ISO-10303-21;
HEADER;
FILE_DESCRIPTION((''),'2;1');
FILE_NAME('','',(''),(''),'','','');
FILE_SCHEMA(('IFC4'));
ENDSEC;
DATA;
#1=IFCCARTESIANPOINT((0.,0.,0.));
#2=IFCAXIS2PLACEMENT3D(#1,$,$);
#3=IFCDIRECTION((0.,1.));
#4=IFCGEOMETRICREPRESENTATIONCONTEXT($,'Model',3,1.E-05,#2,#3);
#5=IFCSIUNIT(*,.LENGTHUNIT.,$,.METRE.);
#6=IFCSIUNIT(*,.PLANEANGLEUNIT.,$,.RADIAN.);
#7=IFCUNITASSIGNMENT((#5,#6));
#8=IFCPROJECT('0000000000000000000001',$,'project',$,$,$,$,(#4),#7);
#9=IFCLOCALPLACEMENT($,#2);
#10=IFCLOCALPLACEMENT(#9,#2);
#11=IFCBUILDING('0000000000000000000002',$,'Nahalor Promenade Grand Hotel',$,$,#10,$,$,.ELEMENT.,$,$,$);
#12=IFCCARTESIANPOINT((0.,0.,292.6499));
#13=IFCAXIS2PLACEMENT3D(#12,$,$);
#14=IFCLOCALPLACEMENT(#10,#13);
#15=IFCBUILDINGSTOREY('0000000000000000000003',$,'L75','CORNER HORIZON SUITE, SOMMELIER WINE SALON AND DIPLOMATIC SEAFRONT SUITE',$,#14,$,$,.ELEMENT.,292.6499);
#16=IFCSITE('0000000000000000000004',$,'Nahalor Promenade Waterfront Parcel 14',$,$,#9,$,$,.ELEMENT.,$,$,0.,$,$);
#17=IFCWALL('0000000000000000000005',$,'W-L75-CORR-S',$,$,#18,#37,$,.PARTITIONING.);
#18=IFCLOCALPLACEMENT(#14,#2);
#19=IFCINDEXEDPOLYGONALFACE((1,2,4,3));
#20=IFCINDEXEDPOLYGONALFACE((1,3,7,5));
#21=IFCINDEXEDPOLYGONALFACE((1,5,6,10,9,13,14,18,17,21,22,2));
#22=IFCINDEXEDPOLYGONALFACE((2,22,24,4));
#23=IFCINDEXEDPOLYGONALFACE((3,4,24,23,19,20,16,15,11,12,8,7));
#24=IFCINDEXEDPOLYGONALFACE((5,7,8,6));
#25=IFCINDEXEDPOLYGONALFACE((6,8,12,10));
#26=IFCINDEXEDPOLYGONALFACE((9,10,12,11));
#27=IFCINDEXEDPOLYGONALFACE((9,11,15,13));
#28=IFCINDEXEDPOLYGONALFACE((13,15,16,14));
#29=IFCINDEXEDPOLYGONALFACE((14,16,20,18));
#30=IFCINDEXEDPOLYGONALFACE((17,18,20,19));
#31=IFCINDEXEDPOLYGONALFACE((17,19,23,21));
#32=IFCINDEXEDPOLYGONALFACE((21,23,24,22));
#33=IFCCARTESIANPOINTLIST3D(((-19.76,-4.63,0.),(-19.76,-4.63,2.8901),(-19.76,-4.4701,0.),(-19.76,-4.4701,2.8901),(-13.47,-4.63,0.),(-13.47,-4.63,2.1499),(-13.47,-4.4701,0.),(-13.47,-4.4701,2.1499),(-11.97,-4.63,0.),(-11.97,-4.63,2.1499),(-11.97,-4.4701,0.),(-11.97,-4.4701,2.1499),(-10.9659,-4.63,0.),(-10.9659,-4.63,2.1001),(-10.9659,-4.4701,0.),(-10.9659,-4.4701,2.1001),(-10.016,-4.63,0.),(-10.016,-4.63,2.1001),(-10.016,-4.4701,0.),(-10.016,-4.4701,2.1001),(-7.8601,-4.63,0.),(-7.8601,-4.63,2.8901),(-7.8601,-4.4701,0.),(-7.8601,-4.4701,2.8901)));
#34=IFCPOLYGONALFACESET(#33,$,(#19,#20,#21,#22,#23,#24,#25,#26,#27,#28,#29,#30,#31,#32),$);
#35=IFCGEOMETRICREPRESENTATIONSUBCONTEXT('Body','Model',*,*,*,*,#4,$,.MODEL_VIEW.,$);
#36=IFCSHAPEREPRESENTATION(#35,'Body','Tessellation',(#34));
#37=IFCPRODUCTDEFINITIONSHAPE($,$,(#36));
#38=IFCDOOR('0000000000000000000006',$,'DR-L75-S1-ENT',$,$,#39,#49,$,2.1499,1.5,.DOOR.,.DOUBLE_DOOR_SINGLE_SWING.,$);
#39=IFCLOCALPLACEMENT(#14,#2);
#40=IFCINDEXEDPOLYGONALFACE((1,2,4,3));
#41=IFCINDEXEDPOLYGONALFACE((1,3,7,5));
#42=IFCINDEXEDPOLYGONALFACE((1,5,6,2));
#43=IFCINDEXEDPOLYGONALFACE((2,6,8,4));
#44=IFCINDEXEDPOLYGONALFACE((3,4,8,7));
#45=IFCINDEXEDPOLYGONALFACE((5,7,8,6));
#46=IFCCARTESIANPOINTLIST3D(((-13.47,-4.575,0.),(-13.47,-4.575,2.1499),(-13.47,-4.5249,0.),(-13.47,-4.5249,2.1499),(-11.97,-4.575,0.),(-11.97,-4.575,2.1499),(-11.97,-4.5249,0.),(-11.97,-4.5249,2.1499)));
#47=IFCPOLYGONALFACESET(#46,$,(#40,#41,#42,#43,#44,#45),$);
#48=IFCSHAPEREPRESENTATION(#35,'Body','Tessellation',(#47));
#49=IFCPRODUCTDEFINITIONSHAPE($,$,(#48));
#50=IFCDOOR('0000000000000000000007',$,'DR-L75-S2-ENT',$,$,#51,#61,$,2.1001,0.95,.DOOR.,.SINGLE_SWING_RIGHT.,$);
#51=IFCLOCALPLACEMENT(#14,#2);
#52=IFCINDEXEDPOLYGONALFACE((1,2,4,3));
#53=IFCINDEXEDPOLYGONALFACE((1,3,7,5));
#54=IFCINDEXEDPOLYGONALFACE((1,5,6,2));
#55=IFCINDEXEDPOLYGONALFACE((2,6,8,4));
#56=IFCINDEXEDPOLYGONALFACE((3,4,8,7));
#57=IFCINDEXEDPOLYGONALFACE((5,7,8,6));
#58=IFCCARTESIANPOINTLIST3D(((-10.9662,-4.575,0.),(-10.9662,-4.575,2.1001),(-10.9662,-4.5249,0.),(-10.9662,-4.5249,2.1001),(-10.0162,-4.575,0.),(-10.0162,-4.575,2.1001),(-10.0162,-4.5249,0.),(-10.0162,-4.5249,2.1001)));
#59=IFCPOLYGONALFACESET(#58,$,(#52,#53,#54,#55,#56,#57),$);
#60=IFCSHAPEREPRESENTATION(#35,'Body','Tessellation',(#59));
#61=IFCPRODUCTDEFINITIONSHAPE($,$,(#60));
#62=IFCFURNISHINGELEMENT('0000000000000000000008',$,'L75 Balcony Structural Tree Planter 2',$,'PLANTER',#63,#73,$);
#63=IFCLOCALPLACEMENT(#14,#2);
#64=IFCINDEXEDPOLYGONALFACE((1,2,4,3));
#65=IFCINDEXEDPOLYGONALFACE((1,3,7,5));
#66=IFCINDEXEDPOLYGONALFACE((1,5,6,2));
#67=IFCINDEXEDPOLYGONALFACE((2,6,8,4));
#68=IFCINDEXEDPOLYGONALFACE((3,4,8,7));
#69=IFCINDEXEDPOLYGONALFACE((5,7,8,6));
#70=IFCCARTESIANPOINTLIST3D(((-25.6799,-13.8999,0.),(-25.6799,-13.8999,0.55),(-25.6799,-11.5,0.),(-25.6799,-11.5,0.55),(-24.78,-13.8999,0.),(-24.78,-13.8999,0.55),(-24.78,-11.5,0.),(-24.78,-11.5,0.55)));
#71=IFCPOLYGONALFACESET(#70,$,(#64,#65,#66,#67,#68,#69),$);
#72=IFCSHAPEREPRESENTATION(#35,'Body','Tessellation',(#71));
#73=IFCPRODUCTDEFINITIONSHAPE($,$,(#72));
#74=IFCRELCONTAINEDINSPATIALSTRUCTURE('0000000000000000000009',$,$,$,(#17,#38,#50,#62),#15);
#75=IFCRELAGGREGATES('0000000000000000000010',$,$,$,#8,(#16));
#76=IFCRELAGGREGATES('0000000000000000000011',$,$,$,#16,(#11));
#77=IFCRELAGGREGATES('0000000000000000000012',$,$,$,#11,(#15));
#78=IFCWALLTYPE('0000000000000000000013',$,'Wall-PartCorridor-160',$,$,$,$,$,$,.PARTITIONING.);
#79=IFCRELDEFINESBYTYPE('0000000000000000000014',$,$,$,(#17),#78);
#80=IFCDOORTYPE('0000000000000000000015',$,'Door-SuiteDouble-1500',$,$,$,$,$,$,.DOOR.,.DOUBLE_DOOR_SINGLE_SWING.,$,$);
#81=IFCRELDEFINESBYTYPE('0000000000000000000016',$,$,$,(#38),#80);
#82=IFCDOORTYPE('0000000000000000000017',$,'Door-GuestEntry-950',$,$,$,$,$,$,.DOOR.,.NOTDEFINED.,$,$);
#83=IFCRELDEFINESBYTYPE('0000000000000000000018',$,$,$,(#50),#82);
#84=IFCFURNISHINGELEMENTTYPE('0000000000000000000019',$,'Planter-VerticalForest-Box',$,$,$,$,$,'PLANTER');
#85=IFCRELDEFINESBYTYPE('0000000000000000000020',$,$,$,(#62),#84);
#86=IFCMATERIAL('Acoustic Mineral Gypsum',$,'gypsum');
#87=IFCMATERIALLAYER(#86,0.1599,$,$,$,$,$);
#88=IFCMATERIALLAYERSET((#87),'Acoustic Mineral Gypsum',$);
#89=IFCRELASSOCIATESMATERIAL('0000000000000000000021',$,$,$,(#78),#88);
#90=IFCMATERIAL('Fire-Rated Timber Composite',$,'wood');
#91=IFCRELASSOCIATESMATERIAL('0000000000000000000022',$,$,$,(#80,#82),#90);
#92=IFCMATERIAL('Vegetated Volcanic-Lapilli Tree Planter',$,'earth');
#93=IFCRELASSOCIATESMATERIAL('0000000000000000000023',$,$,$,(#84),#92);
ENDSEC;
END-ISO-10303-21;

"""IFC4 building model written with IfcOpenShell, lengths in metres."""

from ifc_helpers import new_model, si_unit, direction, frame, frame_2d, origin, origin_2d, place, context, subcontext, project, spatial, rectangle, extrude, source, transform, mapped, material, layer, layer_set, type_object, element, fill, save


model = new_model("IFC4")

# Units and contexts
model_context = context("Model", 3, precision=1e-05, world=origin(), true_north=direction((0.0, 1.0)))
body_context = subcontext(model_context, "Body", "Model", "MODEL_VIEW")
ifc_project = project(units=[si_unit("LENGTHUNIT", "METRE"), si_unit("PLANEANGLEUNIT", "RADIAN")], contexts=[model_context])

# Site, building, storey
site_placement = place(None, origin())
site = spatial("IfcSite", under=ifc_project, at=site_placement, Name="Nahalor Promenade Waterfront Parcel 14", CompositionType="ELEMENT", RefElevation=0.0)
building_placement = place(site_placement, origin())
building = spatial("IfcBuilding", under=site, at=building_placement, Name="Nahalor Promenade Grand Hotel", CompositionType="ELEMENT")
storey_placement = place(building_placement, frame((0.0, 0.0, 292.6499)))
storey = spatial("IfcBuildingStorey", under=building, at=storey_placement, Name="L75", Description="CORNER HORIZON SUITE, SOMMELIER WINE SALON AND DIPLOMATIC SEAFRONT SUITE", CompositionType="ELEMENT", Elevation=292.6499)

# Wall, openings, doors
ifc_material_1 = material(Name="Acoustic Mineral Gypsum", Category="gypsum")
ifc_layer_1 = layer(ifc_material_1, 0.1599)
ifc_layer_set_1 = layer_set([ifc_layer_1], Name="Acoustic Mineral Gypsum")
wall_type_1 = type_object("IfcWallType", Name="Wall-PartCorridor-160", PredefinedType="PARTITIONING", material=ifc_layer_set_1)
shared_shape_1 = source(origin(), body_context, "Body", "SweptSolid", [
    extrude(rectangle(XDim=11.8999, YDim=0.1599, at=frame_2d((5.95, 0.0))), origin(), (0.0, 0.0, 1.0), 2.8901),
])
wall_1_placement = place(storey_placement, frame((-19.76, -4.55, 0.0), z_axis=(0.0, 0.0, 1.0), x_axis=(1.0, 0.0, 0.0)))
wall_1 = element("IfcWall", 1, at=wall_1_placement, inside=storey, type_object=wall_type_1, Name="W-L75-CORR-S", PredefinedType="PARTITIONING", context=body_context, shape_type="MappedRepresentation", body=[
    mapped(shared_shape_1, transform((0.0, 0.0, 0.0), scale=1.0)),
])
opening_1_placement = place(wall_1_placement, frame((6.29, 0.0, 0.0)))
opening_1 = element("IfcOpeningElement", 2, at=opening_1_placement, cuts=wall_1, PredefinedType="OPENING", context=body_context, shape_type="SweptSolid", body=[
    extrude(rectangle(XDim=1.5, YDim=2.1499, at=frame_2d((0.75, 1.075))), frame((0.0, 0.0898, 0.0), z_axis=(0.0, -1.0, 0.0), x_axis=(1.0, 0.0, 0.0)), (0.0, 0.0, 1.0), 0.1799),
])
opening_2_placement = place(wall_1_placement, frame((8.7939, 0.0, 0.0)))
opening_2 = element("IfcOpeningElement", 3, at=opening_2_placement, cuts=wall_1, PredefinedType="OPENING", context=body_context, shape_type="SweptSolid", body=[
    extrude(rectangle(XDim=0.95, YDim=2.1001, at=frame_2d((0.4751, 1.05))), frame((0.0, 0.0898, 0.0), z_axis=(0.0, -1.0, 0.0), x_axis=(1.0, 0.0, 0.0)), (0.0, 0.0, 1.0), 0.1799),
])
ifc_material_2 = material(Name="Fire-Rated Timber Composite", Category="wood")
door_type_1 = type_object("IfcDoorType", Name="Door-SuiteDouble-1500", OperationType="DOUBLE_DOOR_SINGLE_SWING", PredefinedType="DOOR", material=ifc_material_2)
shared_shape_2 = source(origin(), body_context, "Body", "SweptSolid", [
    extrude(rectangle(XDim=1.5, YDim=2.1499, at=frame_2d((0.75, 1.075))), frame((0.0, 0.0249, 0.0), z_axis=(0.0, -1.0, 0.0), x_axis=(1.0, 0.0, 0.0)), (0.0, 0.0, 1.0), 0.05),
])
door_1_placement = place(opening_1_placement, frame((1.5, 0.0, 0.0), z_axis=(0.0, 0.0, 1.0), x_axis=(-1.0, 0.0, 0.0)))
door_1 = element("IfcDoor", 4, at=door_1_placement, inside=storey, type_object=door_type_1, Name="DR-L75-S1-ENT", OperationType="DOUBLE_DOOR_SINGLE_SWING", OverallHeight=2.1499, OverallWidth=1.5, PredefinedType="DOOR", context=body_context, shape_type="MappedRepresentation", body=[
    mapped(shared_shape_2, transform((0.0, 0.0, 0.0), scale=1.0)),
])
fill(opening_1, door_1)
door_type_2 = type_object("IfcDoorType", Name="Door-GuestEntry-950", OperationType="NOTDEFINED", PredefinedType="DOOR", material=ifc_material_2)
shared_shape_3 = source(origin(), body_context, "Body", "SweptSolid", [
    extrude(rectangle(XDim=0.95, YDim=2.1001, at=frame_2d((0.4751, 1.05))), frame((0.0, 0.0249, 0.0), z_axis=(0.0, -1.0, 0.0), x_axis=(1.0, 0.0, 0.0)), (0.0, 0.0, 1.0), 0.05),
])
door_2_placement = place(opening_2_placement, frame((0.95, 0.0, 0.0), z_axis=(0.0, 0.0, 1.0), x_axis=(-1.0, 0.0, 0.0)))
door_2 = element("IfcDoor", 5, at=door_2_placement, inside=storey, type_object=door_type_2, Name="DR-L75-S2-ENT", OperationType="SINGLE_SWING_RIGHT", OverallHeight=2.1001, OverallWidth=0.95, PredefinedType="DOOR", context=body_context, shape_type="MappedRepresentation", body=[
    mapped(shared_shape_3, transform((0.0, 0.0, 0.0), scale=1.0)),
])
fill(opening_2, door_2)

# Furnishing element
ifc_material_3 = material(Name="Vegetated Volcanic-Lapilli Tree Planter", Category="earth")
furnishing_element_type = type_object("IfcFurnishingElementType", Name="Planter-VerticalForest-Box", ElementType="PLANTER", material=ifc_material_3)
shared_shape_4 = source(origin(), body_context, "Body", "SweptSolid", [
    extrude(rectangle(XDim=2.3999, YDim=0.8999, at=origin_2d()), origin(), (0.0, 0.0, 1.0), 0.55),
])
furnishing_placement = place(storey_placement, frame((-25.23, -12.7, 0.0), z_axis=(0.0, 0.0, 1.0), x_axis=(0.0, 1.0, 0.0)))
element("IfcFurnishingElement", 6, at=furnishing_placement, inside=storey, type_object=furnishing_element_type, Name="L75 Balcony Structural Tree Planter 2", ObjectType="PLANTER", context=body_context, shape_type="MappedRepresentation", body=[
    mapped(shared_shape_4, transform((0.0, 0.0, 0.0), scale=1.0)),
])

save(model, "model.ifc")
